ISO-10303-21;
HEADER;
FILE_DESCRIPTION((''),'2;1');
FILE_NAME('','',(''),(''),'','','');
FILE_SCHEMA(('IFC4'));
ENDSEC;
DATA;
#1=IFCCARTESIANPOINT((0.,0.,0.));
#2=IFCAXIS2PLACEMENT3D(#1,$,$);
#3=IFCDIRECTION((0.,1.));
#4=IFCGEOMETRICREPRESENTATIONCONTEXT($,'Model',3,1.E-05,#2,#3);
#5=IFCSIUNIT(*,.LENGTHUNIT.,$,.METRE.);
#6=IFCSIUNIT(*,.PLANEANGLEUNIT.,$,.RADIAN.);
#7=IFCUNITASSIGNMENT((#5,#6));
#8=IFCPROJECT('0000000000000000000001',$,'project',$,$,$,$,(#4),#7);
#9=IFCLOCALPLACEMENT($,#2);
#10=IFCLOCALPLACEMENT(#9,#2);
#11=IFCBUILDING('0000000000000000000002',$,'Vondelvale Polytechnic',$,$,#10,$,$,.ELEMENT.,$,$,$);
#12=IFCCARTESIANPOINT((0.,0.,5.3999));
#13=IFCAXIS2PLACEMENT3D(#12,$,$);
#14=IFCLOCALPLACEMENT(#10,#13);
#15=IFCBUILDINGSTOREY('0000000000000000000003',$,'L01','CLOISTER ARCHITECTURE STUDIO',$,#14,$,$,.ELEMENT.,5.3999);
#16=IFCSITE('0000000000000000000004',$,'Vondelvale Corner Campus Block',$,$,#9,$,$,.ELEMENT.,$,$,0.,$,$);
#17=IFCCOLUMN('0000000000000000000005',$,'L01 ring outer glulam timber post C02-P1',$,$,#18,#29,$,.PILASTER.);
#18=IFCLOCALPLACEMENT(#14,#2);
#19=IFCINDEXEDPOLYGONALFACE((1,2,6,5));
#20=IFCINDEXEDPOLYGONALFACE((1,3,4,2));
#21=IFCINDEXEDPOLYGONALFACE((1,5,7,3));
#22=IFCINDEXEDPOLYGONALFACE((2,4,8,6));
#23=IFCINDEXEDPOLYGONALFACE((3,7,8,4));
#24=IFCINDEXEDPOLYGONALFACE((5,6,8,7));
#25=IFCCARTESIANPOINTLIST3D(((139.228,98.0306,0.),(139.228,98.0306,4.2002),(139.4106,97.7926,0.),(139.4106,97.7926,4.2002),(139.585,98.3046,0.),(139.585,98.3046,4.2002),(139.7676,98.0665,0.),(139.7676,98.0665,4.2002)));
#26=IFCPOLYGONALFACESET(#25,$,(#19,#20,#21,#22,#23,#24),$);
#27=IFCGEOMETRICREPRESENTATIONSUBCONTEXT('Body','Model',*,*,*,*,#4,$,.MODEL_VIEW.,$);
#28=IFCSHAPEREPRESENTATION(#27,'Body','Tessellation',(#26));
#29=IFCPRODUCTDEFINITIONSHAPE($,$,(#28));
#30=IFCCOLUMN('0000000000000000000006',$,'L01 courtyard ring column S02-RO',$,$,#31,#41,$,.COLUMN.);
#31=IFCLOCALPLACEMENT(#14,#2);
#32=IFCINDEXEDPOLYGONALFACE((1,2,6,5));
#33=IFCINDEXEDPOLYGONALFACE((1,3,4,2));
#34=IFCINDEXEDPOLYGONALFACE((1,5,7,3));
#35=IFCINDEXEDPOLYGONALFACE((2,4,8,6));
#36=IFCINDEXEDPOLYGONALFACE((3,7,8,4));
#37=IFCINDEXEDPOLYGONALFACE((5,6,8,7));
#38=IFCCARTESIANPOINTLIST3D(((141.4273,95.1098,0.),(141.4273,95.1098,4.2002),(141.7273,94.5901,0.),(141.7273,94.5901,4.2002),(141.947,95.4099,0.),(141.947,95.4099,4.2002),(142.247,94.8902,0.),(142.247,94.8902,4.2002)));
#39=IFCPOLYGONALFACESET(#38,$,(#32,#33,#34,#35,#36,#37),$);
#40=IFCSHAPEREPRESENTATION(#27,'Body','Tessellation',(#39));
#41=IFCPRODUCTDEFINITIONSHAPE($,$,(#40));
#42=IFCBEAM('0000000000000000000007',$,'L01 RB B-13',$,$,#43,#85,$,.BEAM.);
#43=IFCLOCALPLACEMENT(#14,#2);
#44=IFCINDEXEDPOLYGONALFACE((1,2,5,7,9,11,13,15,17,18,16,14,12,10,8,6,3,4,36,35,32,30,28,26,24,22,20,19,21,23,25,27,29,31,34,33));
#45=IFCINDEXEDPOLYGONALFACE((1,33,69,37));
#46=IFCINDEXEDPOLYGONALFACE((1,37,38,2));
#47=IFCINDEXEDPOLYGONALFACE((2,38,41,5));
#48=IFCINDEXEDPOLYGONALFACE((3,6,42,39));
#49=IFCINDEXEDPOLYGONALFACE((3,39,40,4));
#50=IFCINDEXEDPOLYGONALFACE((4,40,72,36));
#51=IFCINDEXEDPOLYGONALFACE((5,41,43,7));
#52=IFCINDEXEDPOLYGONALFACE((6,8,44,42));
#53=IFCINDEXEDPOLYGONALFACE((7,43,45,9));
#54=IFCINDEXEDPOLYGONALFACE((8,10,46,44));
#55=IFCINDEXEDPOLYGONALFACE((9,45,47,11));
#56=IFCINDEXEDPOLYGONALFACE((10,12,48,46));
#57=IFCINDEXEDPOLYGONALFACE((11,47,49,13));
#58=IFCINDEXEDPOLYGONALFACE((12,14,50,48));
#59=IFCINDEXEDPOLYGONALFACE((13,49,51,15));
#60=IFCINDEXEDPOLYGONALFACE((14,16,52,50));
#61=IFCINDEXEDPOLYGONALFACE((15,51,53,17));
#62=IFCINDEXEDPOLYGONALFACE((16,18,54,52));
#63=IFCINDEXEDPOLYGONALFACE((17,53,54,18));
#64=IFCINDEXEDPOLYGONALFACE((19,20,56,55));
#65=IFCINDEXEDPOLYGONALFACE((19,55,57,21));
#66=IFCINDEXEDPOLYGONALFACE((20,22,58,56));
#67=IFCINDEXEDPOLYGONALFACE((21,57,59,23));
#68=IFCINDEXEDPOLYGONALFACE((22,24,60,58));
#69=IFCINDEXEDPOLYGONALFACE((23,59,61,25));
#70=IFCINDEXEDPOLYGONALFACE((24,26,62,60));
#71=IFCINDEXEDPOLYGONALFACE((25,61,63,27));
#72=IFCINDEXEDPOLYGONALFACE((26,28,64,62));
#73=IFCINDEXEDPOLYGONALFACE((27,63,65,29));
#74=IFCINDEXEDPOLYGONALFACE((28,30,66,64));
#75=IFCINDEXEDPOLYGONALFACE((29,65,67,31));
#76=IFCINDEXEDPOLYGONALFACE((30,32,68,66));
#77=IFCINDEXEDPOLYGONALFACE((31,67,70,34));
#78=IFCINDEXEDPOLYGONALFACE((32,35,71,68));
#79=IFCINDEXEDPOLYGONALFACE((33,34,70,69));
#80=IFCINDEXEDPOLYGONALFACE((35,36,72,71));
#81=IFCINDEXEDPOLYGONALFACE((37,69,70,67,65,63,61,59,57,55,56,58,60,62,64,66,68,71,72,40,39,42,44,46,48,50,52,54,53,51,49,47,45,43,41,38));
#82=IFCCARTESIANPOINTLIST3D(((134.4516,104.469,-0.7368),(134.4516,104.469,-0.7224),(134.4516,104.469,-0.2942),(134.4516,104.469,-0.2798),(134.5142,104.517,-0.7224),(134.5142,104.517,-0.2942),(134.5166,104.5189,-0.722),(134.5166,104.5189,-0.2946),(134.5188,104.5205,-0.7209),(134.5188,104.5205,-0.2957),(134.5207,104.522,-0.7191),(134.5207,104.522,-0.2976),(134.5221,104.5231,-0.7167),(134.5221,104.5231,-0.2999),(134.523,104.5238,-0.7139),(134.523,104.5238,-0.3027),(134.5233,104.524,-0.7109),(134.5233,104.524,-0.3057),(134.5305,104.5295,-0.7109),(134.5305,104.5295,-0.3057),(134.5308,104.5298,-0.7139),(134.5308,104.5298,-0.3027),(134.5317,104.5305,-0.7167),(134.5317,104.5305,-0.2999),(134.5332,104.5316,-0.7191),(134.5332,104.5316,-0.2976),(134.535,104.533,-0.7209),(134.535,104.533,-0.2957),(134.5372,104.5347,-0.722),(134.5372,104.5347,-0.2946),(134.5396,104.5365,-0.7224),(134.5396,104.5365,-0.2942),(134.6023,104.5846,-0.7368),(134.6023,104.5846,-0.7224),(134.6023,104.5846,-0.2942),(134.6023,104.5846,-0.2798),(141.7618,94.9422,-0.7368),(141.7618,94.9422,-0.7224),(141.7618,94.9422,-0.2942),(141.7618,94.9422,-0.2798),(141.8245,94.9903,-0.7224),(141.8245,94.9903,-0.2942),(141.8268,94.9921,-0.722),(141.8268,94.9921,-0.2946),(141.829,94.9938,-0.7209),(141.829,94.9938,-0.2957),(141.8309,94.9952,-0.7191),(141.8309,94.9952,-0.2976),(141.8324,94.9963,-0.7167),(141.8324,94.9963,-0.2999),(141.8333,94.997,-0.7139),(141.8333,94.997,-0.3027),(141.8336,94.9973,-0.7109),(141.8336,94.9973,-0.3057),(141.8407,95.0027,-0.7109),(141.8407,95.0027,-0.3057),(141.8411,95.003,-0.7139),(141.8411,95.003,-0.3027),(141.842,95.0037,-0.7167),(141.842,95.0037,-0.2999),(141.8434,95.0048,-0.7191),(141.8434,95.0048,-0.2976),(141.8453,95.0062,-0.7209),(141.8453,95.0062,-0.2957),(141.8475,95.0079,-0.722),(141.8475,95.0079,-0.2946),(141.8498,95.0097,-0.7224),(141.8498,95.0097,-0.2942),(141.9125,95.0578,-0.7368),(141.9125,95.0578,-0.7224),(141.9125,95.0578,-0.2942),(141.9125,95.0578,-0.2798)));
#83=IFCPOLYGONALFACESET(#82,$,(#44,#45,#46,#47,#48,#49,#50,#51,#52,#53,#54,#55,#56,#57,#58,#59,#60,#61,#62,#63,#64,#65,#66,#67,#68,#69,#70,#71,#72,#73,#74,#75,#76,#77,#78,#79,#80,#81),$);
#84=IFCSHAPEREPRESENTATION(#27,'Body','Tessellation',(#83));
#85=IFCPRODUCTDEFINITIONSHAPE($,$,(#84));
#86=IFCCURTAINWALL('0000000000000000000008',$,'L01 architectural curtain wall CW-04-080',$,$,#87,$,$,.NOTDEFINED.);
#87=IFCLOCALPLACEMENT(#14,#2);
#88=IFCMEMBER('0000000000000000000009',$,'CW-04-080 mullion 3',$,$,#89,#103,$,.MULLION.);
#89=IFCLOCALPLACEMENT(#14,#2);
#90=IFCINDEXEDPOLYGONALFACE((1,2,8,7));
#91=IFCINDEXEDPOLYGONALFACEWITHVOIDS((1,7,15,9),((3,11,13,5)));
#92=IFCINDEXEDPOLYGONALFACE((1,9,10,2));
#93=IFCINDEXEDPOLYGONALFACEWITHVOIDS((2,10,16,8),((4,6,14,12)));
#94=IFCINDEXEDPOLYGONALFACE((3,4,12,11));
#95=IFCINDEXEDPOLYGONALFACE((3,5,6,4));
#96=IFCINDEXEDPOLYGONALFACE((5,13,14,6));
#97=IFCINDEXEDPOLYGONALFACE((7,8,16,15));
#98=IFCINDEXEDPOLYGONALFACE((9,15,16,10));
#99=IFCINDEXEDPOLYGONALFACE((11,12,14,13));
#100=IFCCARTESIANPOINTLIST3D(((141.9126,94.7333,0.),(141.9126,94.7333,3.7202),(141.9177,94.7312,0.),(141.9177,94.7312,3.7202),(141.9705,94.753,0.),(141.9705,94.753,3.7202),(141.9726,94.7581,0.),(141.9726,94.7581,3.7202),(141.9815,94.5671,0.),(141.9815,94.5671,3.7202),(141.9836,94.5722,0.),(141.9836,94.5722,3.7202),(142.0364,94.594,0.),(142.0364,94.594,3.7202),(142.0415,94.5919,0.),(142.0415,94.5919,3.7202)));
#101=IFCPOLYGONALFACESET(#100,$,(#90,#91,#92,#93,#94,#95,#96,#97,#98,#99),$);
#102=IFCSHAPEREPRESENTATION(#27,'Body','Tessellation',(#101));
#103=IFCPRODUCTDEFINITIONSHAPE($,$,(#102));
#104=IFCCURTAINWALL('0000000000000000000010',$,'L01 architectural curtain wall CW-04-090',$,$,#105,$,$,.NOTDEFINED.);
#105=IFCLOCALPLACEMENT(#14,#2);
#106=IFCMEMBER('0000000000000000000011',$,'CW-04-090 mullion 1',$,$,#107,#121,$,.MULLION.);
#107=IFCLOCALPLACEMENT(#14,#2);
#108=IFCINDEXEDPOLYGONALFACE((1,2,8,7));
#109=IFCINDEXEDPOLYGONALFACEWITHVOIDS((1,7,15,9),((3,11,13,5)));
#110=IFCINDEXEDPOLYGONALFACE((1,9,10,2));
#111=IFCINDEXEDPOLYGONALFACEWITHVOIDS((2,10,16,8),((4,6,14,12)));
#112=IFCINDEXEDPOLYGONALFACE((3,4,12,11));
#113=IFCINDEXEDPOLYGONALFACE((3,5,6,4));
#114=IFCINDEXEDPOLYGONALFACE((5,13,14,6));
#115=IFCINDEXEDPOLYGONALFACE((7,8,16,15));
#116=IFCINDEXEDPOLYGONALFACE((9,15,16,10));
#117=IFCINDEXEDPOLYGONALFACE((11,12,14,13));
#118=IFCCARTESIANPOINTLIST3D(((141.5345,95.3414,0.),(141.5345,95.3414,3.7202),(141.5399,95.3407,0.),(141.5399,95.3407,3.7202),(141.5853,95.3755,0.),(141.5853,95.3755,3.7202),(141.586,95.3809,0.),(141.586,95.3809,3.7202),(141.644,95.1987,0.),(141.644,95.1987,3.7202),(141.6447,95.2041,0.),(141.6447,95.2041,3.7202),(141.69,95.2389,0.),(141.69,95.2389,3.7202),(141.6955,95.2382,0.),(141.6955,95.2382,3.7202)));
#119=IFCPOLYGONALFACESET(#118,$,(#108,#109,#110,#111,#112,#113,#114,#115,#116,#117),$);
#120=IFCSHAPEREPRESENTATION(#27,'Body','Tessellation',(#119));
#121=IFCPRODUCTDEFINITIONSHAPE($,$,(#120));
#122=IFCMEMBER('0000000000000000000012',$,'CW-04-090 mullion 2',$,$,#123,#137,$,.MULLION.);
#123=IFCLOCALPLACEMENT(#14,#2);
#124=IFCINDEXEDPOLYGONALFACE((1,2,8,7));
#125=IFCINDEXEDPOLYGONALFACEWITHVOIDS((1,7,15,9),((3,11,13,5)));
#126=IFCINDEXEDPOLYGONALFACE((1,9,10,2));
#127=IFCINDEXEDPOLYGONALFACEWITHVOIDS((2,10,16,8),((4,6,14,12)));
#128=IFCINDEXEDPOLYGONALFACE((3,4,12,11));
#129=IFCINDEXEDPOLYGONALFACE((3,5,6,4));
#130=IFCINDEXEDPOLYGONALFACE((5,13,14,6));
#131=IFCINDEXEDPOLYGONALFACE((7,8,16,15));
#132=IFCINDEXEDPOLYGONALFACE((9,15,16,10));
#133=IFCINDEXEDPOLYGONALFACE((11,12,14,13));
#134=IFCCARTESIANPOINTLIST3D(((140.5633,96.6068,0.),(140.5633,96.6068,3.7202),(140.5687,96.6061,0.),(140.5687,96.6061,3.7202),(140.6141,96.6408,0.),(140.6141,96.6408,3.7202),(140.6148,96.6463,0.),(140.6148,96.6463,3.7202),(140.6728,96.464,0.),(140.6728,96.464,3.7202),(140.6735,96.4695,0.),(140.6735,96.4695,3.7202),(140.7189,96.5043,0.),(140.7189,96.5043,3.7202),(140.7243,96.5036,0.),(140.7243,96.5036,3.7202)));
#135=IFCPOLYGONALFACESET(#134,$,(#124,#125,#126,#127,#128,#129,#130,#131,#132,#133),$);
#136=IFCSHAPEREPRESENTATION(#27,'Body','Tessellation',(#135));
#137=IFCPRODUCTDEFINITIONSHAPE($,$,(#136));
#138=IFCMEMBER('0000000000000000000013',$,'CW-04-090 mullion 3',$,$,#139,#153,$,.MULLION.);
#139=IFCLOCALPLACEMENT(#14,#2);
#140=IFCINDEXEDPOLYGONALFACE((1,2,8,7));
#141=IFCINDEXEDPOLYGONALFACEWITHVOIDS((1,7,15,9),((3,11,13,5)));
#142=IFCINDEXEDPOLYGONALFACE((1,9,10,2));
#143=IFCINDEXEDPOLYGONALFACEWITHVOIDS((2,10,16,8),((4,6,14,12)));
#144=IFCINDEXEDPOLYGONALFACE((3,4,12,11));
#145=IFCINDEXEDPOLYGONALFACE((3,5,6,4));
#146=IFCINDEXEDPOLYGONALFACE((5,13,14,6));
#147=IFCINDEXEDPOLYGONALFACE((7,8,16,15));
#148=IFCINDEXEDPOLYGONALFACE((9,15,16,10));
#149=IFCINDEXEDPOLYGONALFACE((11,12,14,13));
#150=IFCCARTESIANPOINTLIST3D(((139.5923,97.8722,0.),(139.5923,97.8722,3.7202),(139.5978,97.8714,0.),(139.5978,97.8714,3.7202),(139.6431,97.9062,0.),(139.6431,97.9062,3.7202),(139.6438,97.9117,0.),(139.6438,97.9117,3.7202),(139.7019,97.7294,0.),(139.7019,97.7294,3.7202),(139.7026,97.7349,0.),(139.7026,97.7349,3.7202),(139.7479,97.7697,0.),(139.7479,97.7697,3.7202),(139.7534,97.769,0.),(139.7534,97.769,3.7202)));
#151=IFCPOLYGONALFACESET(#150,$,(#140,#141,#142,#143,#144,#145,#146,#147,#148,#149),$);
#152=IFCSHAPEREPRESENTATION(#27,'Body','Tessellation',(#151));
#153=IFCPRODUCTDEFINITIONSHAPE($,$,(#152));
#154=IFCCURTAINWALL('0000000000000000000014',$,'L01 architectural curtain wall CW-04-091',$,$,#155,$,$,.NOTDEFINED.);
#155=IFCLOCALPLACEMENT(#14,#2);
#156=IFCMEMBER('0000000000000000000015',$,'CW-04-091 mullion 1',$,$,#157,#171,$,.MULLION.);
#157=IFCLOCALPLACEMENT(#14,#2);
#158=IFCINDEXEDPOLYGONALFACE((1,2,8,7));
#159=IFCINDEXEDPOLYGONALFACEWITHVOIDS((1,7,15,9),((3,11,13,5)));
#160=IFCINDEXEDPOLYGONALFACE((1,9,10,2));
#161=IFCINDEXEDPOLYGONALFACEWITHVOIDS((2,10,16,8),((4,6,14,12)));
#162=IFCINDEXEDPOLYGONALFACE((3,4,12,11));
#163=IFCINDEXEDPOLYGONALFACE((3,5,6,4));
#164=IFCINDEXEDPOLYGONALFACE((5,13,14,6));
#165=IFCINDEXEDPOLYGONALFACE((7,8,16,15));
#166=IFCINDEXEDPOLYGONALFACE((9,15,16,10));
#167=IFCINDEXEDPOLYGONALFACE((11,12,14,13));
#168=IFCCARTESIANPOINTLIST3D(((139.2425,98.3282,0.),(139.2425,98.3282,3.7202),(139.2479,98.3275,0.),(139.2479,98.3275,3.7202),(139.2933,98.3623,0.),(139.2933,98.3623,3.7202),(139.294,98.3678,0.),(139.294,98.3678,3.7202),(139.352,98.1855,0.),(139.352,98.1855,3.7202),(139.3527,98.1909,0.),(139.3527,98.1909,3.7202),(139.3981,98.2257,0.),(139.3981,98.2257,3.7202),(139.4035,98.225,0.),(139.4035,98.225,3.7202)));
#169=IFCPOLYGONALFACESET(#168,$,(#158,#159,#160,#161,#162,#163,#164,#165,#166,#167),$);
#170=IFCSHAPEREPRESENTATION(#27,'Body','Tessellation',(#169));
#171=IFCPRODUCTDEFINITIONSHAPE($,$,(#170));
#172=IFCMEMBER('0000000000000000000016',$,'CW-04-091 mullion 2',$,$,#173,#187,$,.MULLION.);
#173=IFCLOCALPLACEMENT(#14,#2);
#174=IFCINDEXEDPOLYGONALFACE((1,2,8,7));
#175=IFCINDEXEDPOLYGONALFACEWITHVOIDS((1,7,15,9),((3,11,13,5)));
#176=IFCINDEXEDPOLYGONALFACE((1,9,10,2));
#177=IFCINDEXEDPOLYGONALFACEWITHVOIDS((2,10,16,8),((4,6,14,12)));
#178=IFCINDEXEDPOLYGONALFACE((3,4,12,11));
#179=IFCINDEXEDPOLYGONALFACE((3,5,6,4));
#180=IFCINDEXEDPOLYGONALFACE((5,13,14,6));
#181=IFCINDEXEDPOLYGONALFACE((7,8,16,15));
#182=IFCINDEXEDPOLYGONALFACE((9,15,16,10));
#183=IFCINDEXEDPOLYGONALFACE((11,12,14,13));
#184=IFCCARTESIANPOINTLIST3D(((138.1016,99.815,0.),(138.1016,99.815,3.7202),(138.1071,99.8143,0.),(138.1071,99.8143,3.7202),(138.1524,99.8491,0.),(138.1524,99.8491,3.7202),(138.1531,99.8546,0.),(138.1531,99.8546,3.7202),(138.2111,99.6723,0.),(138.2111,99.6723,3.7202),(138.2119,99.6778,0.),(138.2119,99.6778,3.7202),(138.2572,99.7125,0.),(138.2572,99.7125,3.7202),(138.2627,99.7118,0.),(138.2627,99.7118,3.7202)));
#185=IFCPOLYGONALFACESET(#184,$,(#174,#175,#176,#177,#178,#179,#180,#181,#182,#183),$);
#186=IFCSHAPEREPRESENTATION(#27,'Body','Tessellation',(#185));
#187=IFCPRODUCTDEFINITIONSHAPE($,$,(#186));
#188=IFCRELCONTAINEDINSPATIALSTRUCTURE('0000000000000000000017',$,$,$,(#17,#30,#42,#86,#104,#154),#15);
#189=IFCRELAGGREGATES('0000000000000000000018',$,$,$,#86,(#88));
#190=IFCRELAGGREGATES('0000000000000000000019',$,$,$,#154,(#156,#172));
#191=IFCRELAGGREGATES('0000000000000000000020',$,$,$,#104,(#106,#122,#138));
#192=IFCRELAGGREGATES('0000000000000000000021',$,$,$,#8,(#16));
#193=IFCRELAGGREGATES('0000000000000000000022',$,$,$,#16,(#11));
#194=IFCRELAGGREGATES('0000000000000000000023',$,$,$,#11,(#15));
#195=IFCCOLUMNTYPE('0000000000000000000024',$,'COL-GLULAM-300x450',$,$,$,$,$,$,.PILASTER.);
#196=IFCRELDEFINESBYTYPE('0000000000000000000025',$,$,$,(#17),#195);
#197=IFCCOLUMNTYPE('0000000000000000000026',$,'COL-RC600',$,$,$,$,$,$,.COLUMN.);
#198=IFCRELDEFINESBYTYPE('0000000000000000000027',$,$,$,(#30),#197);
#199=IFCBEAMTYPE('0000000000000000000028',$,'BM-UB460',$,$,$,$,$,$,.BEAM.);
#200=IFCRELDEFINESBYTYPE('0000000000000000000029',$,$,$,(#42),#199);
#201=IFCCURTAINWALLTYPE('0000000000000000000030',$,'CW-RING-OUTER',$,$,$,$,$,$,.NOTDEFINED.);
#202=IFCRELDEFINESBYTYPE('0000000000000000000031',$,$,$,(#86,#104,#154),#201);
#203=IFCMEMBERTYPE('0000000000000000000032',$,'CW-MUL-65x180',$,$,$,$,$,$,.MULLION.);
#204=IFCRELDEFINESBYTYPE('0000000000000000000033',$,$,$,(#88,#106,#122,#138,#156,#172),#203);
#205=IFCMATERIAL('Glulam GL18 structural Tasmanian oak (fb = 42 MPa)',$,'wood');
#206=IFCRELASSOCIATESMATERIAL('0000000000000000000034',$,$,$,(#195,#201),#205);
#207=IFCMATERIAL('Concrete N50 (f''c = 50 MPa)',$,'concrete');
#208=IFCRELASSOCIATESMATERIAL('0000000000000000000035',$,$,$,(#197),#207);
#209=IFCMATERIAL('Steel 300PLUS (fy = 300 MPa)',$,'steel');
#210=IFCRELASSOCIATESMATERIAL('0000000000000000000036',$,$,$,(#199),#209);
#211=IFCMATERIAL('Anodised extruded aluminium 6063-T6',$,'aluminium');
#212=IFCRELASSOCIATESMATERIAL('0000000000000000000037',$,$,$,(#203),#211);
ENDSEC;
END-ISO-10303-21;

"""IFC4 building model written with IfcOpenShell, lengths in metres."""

from ifc_helpers import new_model, si_unit, direction, frame, origin, origin_2d, place, context, subcontext, project, spatial, rectangle, hollow_rectangle, i_section, extrude, material, material_profile, profile_set, type_object, element, aggregate, save


model = new_model("IFC4")

# Units and contexts
model_context = context("Model", 3, precision=1e-05, world=origin(), true_north=direction((0.0, 1.0)))
body_context = subcontext(model_context, "Body", "Model", "MODEL_VIEW")
ifc_project = project(units=[si_unit("LENGTHUNIT", "METRE"), si_unit("PLANEANGLEUNIT", "RADIAN")], contexts=[model_context])

# Site, building, storey
site_placement = place(None, origin())
site = spatial("IfcSite", under=ifc_project, at=site_placement, Name="Vondelvale Corner Campus Block", CompositionType="ELEMENT", RefElevation=0.0)
building_placement = place(site_placement, origin())
building = spatial("IfcBuilding", under=site, at=building_placement, Name="Vondelvale Polytechnic", CompositionType="ELEMENT")
storey_placement = place(building_placement, frame((0.0, 0.0, 5.3999)))
storey = spatial("IfcBuildingStorey", under=building, at=storey_placement, Name="L01", Description="CLOISTER ARCHITECTURE STUDIO", CompositionType="ELEMENT", Elevation=5.3999)

# Columns
ifc_material_1 = material(Name="Glulam GL18 structural Tasmanian oak (fb = 42 MPa)", Category="wood")
ifc_material_profile_1 = material_profile(ifc_material_1, rectangle(XDim=0.3, YDim=0.45, at=origin_2d()), Name="GL-POST-300x450")
ifc_profile_set_1 = profile_set([ifc_material_profile_1], Name="Glulam GL18 structural Tasmanian oak (fb = 42 MPa)")
column_type_1 = type_object("IfcColumnType", Name="COL-GLULAM-300x450", PredefinedType="PILASTER", material=ifc_profile_set_1)
column_1_placement = place(storey_placement, frame((139.4978, 98.0486, 0.0), z_axis=(0.0, 0.0, 1.0), x_axis=(-0.608761, 0.793353, 0.0)))
element("IfcColumn", 1, at=column_1_placement, inside=storey, type_object=column_type_1, Name="L01 ring outer glulam timber post C02-P1", PredefinedType="PILASTER", context=body_context, shape_type="SweptSolid", body=[
    extrude(rectangle(XDim=0.3, YDim=0.45, at=origin_2d()), origin(), (0.0, 0.0, 1.0), 4.2002),
])
ifc_material_2 = material(Name="Concrete N50 (f'c = 50 MPa)", Category="concrete")
ifc_material_profile_2 = material_profile(ifc_material_2, rectangle(XDim=0.6001, YDim=0.6001, at=origin_2d()), Name="RC-COL-600x600")
ifc_profile_set_2 = profile_set([ifc_material_profile_2], Name="Concrete N50 (f'c = 50 MPa)")
column_type_2 = type_object("IfcColumnType", Name="COL-RC600", PredefinedType="COLUMN", material=ifc_profile_set_2)
column_2_placement = place(storey_placement, frame((141.8372, 95.0, 0.0), z_axis=(0.0, 0.0, 1.0), x_axis=(0.866025, 0.5, 0.0)))
element("IfcColumn", 2, at=column_2_placement, inside=storey, type_object=column_type_2, Name="L01 courtyard ring column S02-RO", PredefinedType="COLUMN", context=body_context, shape_type="SweptSolid", body=[
    extrude(rectangle(XDim=0.6001, YDim=0.6001, at=origin_2d()), origin(), (0.0, 0.0, 1.0), 4.2002),
])

# Beam
ifc_material_3 = material(Name="Steel 300PLUS (fy = 300 MPa)", Category="steel")
ifc_material_profile_3 = material_profile(ifc_material_3, i_section(OverallWidth=0.1899, OverallDepth=0.457, WebThickness=0.009, FlangeThickness=0.0144, FilletRadius=0.0115, at=origin_2d()), Name="460UB74.6")
ifc_profile_set_3 = profile_set([ifc_material_profile_3], Name="Steel 300PLUS (fy = 300 MPa)")
beam_type = type_object("IfcBeamType", Name="BM-UB460", PredefinedType="BEAM", material=ifc_profile_set_3)
beam_placement = place(storey_placement, frame((141.8372, 95.0, -0.5083), z_axis=(-0.608766, 0.79335, 0.0), x_axis=(-0.79335, -0.608766, 0.0)))
element("IfcBeam", 3, at=beam_placement, inside=storey, type_object=beam_type, Name="L01 RB B-13", PredefinedType="BEAM", context=body_context, shape_type="SweptSolid", body=[
    extrude(i_section(OverallWidth=0.1899, OverallDepth=0.457, WebThickness=0.009, FlangeThickness=0.0144, FilletRadius=0.0115, at=origin_2d()), origin(), (0.0, 0.0, 1.0), 12.0083),
])

# Curtain wall, member
curtain_wall_type = type_object("IfcCurtainWallType", Name="CW-RING-OUTER", PredefinedType="NOTDEFINED", material=ifc_material_1)
curtain_wall_1_placement = place(storey_placement, origin())
curtain_wall_1 = element("IfcCurtainWall", 4, at=curtain_wall_1_placement, inside=storey, type_object=curtain_wall_type, Name="L01 architectural curtain wall CW-04-080", PredefinedType="NOTDEFINED")
ifc_material_4 = material(Name="Anodised extruded aluminium 6063-T6", Category="aluminium")
ifc_material_profile_4 = material_profile(ifc_material_4, hollow_rectangle(XDim=0.0649, YDim=0.1799, WallThickness=0.0039, at=origin_2d()), Name="CW-MUL-180x65")
ifc_profile_set_4 = profile_set([ifc_material_profile_4], Name="Anodised extruded aluminium 6063-T6")
member_type_1 = type_object("IfcMemberType", Name="CW-MUL-65x180", PredefinedType="MULLION", material=ifc_profile_set_4)
member_1_placement = place(storey_placement, frame((141.9771, 94.6626, 0.0), z_axis=(0.0, 0.0, 1.0), x_axis=(-0.923882, -0.382677, 0.0)))
member_1 = element("IfcMember", 5, at=member_1_placement, type_object=member_type_1, Name="CW-04-080 mullion 3", PredefinedType="MULLION", context=body_context, shape_type="SweptSolid", body=[
    extrude(hollow_rectangle(XDim=0.0649, YDim=0.1799, WallThickness=0.0039, at=origin_2d()), origin(), (0.0, 0.0, 1.0), 3.7202),
])

# Curtain walls, members
curtain_wall_2_placement = place(storey_placement, origin())
curtain_wall_2 = element("IfcCurtainWall", 6, at=curtain_wall_2_placement, inside=storey, type_object=curtain_wall_type, Name="L01 architectural curtain wall CW-04-090", PredefinedType="NOTDEFINED")
member_2_placement = place(storey_placement, frame((141.615, 95.2898, 0.0), z_axis=(0.0, 0.0, 1.0), x_axis=(-0.793334, -0.608787, 0.0)))
member_2 = element("IfcMember", 7, at=member_2_placement, type_object=member_type_1, Name="CW-04-090 mullion 1", PredefinedType="MULLION", context=body_context, shape_type="SweptSolid", body=[
    extrude(hollow_rectangle(XDim=0.0649, YDim=0.1799, WallThickness=0.0039, at=origin_2d()), origin(), (0.0, 0.0, 1.0), 3.7202),
])
member_3_placement = place(storey_placement, frame((140.6438, 96.5552, 0.0), z_axis=(0.0, 0.0, 1.0), x_axis=(-0.793334, -0.608787, 0.0)))
member_3 = element("IfcMember", 8, at=member_3_placement, type_object=member_type_1, Name="CW-04-090 mullion 2", PredefinedType="MULLION", context=body_context, shape_type="SweptSolid", body=[
    extrude(hollow_rectangle(XDim=0.0649, YDim=0.1799, WallThickness=0.0039, at=origin_2d()), origin(), (0.0, 0.0, 1.0), 3.7202),
])
member_4_placement = place(storey_placement, frame((139.6729, 97.8206, 0.0), z_axis=(0.0, 0.0, 1.0), x_axis=(-0.793334, -0.608787, 0.0)))
member_4 = element("IfcMember", 9, at=member_4_placement, type_object=member_type_1, Name="CW-04-090 mullion 3", PredefinedType="MULLION", context=body_context, shape_type="SweptSolid", body=[
    extrude(hollow_rectangle(XDim=0.0649, YDim=0.1799, WallThickness=0.0039, at=origin_2d()), origin(), (0.0, 0.0, 1.0), 3.7202),
])
curtain_wall_3_placement = place(storey_placement, origin())
curtain_wall_3 = element("IfcCurtainWall", 10, at=curtain_wall_3_placement, inside=storey, type_object=curtain_wall_type, Name="L01 architectural curtain wall CW-04-091", PredefinedType="NOTDEFINED")
member_5_placement = place(storey_placement, frame((139.323, 98.2766, 0.0), z_axis=(0.0, 0.0, 1.0), x_axis=(-0.793346, -0.608771, 0.0)))
member_5 = element("IfcMember", 11, at=member_5_placement, type_object=member_type_1, Name="CW-04-091 mullion 1", PredefinedType="MULLION", context=body_context, shape_type="SweptSolid", body=[
    extrude(hollow_rectangle(XDim=0.0649, YDim=0.1799, WallThickness=0.0039, at=origin_2d()), origin(), (0.0, 0.0, 1.0), 3.7202),
])
member_6_placement = place(storey_placement, frame((138.1821, 99.7634, 0.0), z_axis=(0.0, 0.0, 1.0), x_axis=(-0.793346, -0.608771, 0.0)))
member_6 = element("IfcMember", 12, at=member_6_placement, type_object=member_type_1, Name="CW-04-091 mullion 2", PredefinedType="MULLION", context=body_context, shape_type="SweptSolid", body=[
    extrude(hollow_rectangle(XDim=0.0649, YDim=0.1799, WallThickness=0.0039, at=origin_2d()), origin(), (0.0, 0.0, 1.0), 3.7202),
])

aggregate(curtain_wall_1, [member_1])
aggregate(curtain_wall_3, [member_5, member_6])
aggregate(curtain_wall_2, [member_2, member_3, member_4])

save(model, "model.ifc")
